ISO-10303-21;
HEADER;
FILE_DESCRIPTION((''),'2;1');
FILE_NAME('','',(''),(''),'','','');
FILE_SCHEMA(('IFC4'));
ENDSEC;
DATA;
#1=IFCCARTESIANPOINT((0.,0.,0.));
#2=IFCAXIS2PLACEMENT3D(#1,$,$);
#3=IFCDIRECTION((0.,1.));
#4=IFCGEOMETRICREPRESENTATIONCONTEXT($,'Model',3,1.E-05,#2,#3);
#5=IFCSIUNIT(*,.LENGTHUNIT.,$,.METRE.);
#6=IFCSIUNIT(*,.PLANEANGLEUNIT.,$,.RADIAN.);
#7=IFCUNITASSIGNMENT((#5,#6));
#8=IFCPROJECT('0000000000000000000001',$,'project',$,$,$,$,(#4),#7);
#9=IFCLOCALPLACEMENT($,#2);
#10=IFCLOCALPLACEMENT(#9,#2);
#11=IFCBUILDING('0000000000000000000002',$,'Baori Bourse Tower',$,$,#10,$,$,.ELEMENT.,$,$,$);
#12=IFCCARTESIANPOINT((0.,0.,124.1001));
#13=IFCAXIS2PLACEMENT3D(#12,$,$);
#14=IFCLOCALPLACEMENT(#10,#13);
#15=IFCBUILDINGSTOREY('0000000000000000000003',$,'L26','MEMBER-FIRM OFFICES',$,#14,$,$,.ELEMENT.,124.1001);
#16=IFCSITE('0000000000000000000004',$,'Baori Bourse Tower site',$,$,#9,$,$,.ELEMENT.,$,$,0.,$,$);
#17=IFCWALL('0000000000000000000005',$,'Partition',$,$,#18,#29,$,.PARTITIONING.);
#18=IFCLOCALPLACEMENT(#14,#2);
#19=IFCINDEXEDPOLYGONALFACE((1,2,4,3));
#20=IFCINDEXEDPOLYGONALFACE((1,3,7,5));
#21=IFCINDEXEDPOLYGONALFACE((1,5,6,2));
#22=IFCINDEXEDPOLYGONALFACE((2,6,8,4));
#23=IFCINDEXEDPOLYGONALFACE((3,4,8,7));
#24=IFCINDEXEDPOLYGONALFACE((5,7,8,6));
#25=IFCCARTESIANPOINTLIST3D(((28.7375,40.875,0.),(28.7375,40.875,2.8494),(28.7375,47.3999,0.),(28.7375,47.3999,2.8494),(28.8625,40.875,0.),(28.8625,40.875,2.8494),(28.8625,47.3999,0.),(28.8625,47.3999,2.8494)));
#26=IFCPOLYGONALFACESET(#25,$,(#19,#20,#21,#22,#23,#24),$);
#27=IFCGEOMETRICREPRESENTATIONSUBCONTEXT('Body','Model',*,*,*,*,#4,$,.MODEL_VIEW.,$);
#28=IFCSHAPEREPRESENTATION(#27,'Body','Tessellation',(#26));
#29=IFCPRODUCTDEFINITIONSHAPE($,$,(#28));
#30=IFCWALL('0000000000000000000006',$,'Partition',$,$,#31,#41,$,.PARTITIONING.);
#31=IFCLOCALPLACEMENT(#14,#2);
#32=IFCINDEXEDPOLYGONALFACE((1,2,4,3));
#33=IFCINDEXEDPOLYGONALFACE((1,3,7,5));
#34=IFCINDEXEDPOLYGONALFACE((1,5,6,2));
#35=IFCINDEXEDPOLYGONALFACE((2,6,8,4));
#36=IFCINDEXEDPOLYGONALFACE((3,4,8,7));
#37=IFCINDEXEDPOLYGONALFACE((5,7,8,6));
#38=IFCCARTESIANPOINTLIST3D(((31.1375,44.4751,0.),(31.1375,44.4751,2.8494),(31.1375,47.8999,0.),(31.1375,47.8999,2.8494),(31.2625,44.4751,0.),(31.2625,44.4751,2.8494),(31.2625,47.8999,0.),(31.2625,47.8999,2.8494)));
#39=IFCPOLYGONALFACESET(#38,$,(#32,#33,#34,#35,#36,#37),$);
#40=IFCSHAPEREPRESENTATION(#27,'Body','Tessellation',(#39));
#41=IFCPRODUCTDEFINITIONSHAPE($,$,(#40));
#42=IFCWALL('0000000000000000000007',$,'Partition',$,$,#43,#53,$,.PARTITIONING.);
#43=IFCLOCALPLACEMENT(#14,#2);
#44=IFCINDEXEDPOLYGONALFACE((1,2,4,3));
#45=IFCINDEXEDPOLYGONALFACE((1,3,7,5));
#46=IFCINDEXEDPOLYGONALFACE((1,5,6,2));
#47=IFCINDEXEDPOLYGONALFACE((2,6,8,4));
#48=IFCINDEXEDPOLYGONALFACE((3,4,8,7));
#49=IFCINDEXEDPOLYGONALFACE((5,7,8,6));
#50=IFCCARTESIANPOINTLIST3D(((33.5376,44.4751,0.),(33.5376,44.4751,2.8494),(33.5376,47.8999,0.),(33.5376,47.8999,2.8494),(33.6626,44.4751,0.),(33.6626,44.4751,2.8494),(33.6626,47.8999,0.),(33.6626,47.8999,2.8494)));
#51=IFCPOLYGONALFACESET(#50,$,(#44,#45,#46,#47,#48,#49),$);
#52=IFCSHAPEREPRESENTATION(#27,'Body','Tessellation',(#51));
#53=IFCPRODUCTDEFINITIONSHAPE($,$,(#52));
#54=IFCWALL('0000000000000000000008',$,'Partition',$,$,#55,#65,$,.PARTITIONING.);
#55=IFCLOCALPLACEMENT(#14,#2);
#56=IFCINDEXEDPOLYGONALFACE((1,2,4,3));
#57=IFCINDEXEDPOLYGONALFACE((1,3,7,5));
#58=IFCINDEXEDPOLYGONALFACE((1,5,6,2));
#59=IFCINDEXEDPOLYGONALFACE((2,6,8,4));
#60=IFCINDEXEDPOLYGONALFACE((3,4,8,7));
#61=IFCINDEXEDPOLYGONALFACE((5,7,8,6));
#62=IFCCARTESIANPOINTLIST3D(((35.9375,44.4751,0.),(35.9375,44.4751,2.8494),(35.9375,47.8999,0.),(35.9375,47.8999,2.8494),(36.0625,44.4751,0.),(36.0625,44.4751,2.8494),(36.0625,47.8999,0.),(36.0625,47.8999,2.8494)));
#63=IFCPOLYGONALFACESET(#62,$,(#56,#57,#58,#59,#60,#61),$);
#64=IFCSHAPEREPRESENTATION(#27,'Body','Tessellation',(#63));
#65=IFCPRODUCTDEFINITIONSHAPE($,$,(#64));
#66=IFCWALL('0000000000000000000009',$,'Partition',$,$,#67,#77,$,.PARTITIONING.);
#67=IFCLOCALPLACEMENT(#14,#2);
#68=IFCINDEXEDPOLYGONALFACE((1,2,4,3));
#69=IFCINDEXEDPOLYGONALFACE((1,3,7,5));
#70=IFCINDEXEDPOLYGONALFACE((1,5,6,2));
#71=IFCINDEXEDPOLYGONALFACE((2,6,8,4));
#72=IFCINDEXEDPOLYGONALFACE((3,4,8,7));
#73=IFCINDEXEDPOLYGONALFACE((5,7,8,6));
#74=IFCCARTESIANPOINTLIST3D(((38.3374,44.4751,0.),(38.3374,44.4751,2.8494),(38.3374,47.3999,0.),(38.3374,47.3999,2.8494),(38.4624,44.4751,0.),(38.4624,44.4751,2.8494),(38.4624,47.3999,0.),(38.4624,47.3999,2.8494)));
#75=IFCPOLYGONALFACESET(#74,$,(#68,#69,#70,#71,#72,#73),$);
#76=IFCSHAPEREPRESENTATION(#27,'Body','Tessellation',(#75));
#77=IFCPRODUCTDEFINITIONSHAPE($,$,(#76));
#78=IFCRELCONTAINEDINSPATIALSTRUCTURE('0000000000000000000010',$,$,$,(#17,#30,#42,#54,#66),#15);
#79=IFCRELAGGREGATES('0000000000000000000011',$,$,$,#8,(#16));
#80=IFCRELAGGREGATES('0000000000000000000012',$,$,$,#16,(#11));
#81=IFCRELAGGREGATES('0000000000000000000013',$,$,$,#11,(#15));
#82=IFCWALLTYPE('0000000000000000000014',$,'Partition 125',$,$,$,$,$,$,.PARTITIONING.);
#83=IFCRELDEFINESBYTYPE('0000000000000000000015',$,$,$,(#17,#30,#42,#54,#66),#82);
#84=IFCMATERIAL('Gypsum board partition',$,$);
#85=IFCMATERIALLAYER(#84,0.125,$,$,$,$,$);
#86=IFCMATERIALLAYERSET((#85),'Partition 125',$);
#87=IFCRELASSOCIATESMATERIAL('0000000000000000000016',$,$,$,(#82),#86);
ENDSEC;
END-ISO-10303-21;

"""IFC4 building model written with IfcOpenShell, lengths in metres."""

from ifc_helpers import new_model, si_unit, direction, frame, frame_2d, origin, place, context, subcontext, project, spatial, rectangle, extrude, material, layer, layer_set, type_object, element, save


model = new_model("IFC4")

# Units and contexts
model_context = context("Model", 3, precision=1e-05, world=origin(), true_north=direction((0.0, 1.0)))
body_context = subcontext(model_context, "Body", "Model", "MODEL_VIEW")
ifc_project = project(units=[si_unit("LENGTHUNIT", "METRE"), si_unit("PLANEANGLEUNIT", "RADIAN")], contexts=[model_context])

# Site, building, storey
site_placement = place(None, origin())
site = spatial("IfcSite", under=ifc_project, at=site_placement, Name="Baori Bourse Tower site", CompositionType="ELEMENT", RefElevation=0.0)
building_placement = place(site_placement, origin())
building = spatial("IfcBuilding", under=site, at=building_placement, Name="Baori Bourse Tower", CompositionType="ELEMENT")
storey_placement = place(building_placement, frame((0.0, 0.0, 124.1001)))
storey = spatial("IfcBuildingStorey", under=building, at=storey_placement, Name="L26", Description="MEMBER-FIRM OFFICES", CompositionType="ELEMENT", Elevation=124.1001)

# Walls
ifc_material_1 = material(Name="Gypsum board partition")
ifc_layer_1 = layer(ifc_material_1, 0.125)
ifc_layer_set_1 = layer_set([ifc_layer_1], Name="Partition 125")
wall_type_1 = type_object("IfcWallType", Name="Partition 125", PredefinedType="PARTITIONING", material=ifc_layer_set_1)
wall_1_placement = place(storey_placement, frame((28.8, 40.875, 0.0), z_axis=(0.0, 0.0, 1.0), x_axis=(0.0, 1.0, 0.0)))
element("IfcWall", 1, at=wall_1_placement, inside=storey, type_object=wall_type_1, Name="Partition", PredefinedType="PARTITIONING", context=body_context, shape_type="SweptSolid", body=[
    extrude(rectangle(XDim=6.5249, YDim=0.125, at=frame_2d((3.2625, 0.0))), origin(), (0.0, 0.0, 1.0), 2.8494),
])
for number, where, z_axis, x_axis, name in (
    (2, (31.2, 44.4751, 0.0), (0.0, 0.0, 1.0), (0.0, 1.0, 0.0), "Partition"),
    (3, (33.6001, 44.4751, 0.0), (0.0, 0.0, 1.0), (0.0, 1.0, 0.0), "Partition"),
    (4, (36.0, 44.4751, 0.0), (0.0, 0.0, 1.0), (0.0, 1.0, 0.0), "Partition"),
):
    element("IfcWall", number, at=place(storey_placement, frame(where, z_axis=z_axis, x_axis=x_axis)), inside=storey, type_object=wall_type_1, Name=name, PredefinedType="PARTITIONING", context=body_context, shape_type="SweptSolid", body=[
        extrude(rectangle(XDim=3.4248, YDim=0.125, at=frame_2d((1.7124, 0.0))), origin(), (0.0, 0.0, 1.0), 2.8494),
    ])
wall_2_placement = place(storey_placement, frame((38.3999, 44.4751, 0.0), z_axis=(0.0, 0.0, 1.0), x_axis=(0.0, 1.0, 0.0)))
element("IfcWall", 5, at=wall_2_placement, inside=storey, type_object=wall_type_1, Name="Partition", PredefinedType="PARTITIONING", context=body_context, shape_type="SweptSolid", body=[
    extrude(rectangle(XDim=2.9248, YDim=0.125, at=frame_2d((1.4624, 0.0))), origin(), (0.0, 0.0, 1.0), 2.8494),
])

save(model, "model.ifc")
